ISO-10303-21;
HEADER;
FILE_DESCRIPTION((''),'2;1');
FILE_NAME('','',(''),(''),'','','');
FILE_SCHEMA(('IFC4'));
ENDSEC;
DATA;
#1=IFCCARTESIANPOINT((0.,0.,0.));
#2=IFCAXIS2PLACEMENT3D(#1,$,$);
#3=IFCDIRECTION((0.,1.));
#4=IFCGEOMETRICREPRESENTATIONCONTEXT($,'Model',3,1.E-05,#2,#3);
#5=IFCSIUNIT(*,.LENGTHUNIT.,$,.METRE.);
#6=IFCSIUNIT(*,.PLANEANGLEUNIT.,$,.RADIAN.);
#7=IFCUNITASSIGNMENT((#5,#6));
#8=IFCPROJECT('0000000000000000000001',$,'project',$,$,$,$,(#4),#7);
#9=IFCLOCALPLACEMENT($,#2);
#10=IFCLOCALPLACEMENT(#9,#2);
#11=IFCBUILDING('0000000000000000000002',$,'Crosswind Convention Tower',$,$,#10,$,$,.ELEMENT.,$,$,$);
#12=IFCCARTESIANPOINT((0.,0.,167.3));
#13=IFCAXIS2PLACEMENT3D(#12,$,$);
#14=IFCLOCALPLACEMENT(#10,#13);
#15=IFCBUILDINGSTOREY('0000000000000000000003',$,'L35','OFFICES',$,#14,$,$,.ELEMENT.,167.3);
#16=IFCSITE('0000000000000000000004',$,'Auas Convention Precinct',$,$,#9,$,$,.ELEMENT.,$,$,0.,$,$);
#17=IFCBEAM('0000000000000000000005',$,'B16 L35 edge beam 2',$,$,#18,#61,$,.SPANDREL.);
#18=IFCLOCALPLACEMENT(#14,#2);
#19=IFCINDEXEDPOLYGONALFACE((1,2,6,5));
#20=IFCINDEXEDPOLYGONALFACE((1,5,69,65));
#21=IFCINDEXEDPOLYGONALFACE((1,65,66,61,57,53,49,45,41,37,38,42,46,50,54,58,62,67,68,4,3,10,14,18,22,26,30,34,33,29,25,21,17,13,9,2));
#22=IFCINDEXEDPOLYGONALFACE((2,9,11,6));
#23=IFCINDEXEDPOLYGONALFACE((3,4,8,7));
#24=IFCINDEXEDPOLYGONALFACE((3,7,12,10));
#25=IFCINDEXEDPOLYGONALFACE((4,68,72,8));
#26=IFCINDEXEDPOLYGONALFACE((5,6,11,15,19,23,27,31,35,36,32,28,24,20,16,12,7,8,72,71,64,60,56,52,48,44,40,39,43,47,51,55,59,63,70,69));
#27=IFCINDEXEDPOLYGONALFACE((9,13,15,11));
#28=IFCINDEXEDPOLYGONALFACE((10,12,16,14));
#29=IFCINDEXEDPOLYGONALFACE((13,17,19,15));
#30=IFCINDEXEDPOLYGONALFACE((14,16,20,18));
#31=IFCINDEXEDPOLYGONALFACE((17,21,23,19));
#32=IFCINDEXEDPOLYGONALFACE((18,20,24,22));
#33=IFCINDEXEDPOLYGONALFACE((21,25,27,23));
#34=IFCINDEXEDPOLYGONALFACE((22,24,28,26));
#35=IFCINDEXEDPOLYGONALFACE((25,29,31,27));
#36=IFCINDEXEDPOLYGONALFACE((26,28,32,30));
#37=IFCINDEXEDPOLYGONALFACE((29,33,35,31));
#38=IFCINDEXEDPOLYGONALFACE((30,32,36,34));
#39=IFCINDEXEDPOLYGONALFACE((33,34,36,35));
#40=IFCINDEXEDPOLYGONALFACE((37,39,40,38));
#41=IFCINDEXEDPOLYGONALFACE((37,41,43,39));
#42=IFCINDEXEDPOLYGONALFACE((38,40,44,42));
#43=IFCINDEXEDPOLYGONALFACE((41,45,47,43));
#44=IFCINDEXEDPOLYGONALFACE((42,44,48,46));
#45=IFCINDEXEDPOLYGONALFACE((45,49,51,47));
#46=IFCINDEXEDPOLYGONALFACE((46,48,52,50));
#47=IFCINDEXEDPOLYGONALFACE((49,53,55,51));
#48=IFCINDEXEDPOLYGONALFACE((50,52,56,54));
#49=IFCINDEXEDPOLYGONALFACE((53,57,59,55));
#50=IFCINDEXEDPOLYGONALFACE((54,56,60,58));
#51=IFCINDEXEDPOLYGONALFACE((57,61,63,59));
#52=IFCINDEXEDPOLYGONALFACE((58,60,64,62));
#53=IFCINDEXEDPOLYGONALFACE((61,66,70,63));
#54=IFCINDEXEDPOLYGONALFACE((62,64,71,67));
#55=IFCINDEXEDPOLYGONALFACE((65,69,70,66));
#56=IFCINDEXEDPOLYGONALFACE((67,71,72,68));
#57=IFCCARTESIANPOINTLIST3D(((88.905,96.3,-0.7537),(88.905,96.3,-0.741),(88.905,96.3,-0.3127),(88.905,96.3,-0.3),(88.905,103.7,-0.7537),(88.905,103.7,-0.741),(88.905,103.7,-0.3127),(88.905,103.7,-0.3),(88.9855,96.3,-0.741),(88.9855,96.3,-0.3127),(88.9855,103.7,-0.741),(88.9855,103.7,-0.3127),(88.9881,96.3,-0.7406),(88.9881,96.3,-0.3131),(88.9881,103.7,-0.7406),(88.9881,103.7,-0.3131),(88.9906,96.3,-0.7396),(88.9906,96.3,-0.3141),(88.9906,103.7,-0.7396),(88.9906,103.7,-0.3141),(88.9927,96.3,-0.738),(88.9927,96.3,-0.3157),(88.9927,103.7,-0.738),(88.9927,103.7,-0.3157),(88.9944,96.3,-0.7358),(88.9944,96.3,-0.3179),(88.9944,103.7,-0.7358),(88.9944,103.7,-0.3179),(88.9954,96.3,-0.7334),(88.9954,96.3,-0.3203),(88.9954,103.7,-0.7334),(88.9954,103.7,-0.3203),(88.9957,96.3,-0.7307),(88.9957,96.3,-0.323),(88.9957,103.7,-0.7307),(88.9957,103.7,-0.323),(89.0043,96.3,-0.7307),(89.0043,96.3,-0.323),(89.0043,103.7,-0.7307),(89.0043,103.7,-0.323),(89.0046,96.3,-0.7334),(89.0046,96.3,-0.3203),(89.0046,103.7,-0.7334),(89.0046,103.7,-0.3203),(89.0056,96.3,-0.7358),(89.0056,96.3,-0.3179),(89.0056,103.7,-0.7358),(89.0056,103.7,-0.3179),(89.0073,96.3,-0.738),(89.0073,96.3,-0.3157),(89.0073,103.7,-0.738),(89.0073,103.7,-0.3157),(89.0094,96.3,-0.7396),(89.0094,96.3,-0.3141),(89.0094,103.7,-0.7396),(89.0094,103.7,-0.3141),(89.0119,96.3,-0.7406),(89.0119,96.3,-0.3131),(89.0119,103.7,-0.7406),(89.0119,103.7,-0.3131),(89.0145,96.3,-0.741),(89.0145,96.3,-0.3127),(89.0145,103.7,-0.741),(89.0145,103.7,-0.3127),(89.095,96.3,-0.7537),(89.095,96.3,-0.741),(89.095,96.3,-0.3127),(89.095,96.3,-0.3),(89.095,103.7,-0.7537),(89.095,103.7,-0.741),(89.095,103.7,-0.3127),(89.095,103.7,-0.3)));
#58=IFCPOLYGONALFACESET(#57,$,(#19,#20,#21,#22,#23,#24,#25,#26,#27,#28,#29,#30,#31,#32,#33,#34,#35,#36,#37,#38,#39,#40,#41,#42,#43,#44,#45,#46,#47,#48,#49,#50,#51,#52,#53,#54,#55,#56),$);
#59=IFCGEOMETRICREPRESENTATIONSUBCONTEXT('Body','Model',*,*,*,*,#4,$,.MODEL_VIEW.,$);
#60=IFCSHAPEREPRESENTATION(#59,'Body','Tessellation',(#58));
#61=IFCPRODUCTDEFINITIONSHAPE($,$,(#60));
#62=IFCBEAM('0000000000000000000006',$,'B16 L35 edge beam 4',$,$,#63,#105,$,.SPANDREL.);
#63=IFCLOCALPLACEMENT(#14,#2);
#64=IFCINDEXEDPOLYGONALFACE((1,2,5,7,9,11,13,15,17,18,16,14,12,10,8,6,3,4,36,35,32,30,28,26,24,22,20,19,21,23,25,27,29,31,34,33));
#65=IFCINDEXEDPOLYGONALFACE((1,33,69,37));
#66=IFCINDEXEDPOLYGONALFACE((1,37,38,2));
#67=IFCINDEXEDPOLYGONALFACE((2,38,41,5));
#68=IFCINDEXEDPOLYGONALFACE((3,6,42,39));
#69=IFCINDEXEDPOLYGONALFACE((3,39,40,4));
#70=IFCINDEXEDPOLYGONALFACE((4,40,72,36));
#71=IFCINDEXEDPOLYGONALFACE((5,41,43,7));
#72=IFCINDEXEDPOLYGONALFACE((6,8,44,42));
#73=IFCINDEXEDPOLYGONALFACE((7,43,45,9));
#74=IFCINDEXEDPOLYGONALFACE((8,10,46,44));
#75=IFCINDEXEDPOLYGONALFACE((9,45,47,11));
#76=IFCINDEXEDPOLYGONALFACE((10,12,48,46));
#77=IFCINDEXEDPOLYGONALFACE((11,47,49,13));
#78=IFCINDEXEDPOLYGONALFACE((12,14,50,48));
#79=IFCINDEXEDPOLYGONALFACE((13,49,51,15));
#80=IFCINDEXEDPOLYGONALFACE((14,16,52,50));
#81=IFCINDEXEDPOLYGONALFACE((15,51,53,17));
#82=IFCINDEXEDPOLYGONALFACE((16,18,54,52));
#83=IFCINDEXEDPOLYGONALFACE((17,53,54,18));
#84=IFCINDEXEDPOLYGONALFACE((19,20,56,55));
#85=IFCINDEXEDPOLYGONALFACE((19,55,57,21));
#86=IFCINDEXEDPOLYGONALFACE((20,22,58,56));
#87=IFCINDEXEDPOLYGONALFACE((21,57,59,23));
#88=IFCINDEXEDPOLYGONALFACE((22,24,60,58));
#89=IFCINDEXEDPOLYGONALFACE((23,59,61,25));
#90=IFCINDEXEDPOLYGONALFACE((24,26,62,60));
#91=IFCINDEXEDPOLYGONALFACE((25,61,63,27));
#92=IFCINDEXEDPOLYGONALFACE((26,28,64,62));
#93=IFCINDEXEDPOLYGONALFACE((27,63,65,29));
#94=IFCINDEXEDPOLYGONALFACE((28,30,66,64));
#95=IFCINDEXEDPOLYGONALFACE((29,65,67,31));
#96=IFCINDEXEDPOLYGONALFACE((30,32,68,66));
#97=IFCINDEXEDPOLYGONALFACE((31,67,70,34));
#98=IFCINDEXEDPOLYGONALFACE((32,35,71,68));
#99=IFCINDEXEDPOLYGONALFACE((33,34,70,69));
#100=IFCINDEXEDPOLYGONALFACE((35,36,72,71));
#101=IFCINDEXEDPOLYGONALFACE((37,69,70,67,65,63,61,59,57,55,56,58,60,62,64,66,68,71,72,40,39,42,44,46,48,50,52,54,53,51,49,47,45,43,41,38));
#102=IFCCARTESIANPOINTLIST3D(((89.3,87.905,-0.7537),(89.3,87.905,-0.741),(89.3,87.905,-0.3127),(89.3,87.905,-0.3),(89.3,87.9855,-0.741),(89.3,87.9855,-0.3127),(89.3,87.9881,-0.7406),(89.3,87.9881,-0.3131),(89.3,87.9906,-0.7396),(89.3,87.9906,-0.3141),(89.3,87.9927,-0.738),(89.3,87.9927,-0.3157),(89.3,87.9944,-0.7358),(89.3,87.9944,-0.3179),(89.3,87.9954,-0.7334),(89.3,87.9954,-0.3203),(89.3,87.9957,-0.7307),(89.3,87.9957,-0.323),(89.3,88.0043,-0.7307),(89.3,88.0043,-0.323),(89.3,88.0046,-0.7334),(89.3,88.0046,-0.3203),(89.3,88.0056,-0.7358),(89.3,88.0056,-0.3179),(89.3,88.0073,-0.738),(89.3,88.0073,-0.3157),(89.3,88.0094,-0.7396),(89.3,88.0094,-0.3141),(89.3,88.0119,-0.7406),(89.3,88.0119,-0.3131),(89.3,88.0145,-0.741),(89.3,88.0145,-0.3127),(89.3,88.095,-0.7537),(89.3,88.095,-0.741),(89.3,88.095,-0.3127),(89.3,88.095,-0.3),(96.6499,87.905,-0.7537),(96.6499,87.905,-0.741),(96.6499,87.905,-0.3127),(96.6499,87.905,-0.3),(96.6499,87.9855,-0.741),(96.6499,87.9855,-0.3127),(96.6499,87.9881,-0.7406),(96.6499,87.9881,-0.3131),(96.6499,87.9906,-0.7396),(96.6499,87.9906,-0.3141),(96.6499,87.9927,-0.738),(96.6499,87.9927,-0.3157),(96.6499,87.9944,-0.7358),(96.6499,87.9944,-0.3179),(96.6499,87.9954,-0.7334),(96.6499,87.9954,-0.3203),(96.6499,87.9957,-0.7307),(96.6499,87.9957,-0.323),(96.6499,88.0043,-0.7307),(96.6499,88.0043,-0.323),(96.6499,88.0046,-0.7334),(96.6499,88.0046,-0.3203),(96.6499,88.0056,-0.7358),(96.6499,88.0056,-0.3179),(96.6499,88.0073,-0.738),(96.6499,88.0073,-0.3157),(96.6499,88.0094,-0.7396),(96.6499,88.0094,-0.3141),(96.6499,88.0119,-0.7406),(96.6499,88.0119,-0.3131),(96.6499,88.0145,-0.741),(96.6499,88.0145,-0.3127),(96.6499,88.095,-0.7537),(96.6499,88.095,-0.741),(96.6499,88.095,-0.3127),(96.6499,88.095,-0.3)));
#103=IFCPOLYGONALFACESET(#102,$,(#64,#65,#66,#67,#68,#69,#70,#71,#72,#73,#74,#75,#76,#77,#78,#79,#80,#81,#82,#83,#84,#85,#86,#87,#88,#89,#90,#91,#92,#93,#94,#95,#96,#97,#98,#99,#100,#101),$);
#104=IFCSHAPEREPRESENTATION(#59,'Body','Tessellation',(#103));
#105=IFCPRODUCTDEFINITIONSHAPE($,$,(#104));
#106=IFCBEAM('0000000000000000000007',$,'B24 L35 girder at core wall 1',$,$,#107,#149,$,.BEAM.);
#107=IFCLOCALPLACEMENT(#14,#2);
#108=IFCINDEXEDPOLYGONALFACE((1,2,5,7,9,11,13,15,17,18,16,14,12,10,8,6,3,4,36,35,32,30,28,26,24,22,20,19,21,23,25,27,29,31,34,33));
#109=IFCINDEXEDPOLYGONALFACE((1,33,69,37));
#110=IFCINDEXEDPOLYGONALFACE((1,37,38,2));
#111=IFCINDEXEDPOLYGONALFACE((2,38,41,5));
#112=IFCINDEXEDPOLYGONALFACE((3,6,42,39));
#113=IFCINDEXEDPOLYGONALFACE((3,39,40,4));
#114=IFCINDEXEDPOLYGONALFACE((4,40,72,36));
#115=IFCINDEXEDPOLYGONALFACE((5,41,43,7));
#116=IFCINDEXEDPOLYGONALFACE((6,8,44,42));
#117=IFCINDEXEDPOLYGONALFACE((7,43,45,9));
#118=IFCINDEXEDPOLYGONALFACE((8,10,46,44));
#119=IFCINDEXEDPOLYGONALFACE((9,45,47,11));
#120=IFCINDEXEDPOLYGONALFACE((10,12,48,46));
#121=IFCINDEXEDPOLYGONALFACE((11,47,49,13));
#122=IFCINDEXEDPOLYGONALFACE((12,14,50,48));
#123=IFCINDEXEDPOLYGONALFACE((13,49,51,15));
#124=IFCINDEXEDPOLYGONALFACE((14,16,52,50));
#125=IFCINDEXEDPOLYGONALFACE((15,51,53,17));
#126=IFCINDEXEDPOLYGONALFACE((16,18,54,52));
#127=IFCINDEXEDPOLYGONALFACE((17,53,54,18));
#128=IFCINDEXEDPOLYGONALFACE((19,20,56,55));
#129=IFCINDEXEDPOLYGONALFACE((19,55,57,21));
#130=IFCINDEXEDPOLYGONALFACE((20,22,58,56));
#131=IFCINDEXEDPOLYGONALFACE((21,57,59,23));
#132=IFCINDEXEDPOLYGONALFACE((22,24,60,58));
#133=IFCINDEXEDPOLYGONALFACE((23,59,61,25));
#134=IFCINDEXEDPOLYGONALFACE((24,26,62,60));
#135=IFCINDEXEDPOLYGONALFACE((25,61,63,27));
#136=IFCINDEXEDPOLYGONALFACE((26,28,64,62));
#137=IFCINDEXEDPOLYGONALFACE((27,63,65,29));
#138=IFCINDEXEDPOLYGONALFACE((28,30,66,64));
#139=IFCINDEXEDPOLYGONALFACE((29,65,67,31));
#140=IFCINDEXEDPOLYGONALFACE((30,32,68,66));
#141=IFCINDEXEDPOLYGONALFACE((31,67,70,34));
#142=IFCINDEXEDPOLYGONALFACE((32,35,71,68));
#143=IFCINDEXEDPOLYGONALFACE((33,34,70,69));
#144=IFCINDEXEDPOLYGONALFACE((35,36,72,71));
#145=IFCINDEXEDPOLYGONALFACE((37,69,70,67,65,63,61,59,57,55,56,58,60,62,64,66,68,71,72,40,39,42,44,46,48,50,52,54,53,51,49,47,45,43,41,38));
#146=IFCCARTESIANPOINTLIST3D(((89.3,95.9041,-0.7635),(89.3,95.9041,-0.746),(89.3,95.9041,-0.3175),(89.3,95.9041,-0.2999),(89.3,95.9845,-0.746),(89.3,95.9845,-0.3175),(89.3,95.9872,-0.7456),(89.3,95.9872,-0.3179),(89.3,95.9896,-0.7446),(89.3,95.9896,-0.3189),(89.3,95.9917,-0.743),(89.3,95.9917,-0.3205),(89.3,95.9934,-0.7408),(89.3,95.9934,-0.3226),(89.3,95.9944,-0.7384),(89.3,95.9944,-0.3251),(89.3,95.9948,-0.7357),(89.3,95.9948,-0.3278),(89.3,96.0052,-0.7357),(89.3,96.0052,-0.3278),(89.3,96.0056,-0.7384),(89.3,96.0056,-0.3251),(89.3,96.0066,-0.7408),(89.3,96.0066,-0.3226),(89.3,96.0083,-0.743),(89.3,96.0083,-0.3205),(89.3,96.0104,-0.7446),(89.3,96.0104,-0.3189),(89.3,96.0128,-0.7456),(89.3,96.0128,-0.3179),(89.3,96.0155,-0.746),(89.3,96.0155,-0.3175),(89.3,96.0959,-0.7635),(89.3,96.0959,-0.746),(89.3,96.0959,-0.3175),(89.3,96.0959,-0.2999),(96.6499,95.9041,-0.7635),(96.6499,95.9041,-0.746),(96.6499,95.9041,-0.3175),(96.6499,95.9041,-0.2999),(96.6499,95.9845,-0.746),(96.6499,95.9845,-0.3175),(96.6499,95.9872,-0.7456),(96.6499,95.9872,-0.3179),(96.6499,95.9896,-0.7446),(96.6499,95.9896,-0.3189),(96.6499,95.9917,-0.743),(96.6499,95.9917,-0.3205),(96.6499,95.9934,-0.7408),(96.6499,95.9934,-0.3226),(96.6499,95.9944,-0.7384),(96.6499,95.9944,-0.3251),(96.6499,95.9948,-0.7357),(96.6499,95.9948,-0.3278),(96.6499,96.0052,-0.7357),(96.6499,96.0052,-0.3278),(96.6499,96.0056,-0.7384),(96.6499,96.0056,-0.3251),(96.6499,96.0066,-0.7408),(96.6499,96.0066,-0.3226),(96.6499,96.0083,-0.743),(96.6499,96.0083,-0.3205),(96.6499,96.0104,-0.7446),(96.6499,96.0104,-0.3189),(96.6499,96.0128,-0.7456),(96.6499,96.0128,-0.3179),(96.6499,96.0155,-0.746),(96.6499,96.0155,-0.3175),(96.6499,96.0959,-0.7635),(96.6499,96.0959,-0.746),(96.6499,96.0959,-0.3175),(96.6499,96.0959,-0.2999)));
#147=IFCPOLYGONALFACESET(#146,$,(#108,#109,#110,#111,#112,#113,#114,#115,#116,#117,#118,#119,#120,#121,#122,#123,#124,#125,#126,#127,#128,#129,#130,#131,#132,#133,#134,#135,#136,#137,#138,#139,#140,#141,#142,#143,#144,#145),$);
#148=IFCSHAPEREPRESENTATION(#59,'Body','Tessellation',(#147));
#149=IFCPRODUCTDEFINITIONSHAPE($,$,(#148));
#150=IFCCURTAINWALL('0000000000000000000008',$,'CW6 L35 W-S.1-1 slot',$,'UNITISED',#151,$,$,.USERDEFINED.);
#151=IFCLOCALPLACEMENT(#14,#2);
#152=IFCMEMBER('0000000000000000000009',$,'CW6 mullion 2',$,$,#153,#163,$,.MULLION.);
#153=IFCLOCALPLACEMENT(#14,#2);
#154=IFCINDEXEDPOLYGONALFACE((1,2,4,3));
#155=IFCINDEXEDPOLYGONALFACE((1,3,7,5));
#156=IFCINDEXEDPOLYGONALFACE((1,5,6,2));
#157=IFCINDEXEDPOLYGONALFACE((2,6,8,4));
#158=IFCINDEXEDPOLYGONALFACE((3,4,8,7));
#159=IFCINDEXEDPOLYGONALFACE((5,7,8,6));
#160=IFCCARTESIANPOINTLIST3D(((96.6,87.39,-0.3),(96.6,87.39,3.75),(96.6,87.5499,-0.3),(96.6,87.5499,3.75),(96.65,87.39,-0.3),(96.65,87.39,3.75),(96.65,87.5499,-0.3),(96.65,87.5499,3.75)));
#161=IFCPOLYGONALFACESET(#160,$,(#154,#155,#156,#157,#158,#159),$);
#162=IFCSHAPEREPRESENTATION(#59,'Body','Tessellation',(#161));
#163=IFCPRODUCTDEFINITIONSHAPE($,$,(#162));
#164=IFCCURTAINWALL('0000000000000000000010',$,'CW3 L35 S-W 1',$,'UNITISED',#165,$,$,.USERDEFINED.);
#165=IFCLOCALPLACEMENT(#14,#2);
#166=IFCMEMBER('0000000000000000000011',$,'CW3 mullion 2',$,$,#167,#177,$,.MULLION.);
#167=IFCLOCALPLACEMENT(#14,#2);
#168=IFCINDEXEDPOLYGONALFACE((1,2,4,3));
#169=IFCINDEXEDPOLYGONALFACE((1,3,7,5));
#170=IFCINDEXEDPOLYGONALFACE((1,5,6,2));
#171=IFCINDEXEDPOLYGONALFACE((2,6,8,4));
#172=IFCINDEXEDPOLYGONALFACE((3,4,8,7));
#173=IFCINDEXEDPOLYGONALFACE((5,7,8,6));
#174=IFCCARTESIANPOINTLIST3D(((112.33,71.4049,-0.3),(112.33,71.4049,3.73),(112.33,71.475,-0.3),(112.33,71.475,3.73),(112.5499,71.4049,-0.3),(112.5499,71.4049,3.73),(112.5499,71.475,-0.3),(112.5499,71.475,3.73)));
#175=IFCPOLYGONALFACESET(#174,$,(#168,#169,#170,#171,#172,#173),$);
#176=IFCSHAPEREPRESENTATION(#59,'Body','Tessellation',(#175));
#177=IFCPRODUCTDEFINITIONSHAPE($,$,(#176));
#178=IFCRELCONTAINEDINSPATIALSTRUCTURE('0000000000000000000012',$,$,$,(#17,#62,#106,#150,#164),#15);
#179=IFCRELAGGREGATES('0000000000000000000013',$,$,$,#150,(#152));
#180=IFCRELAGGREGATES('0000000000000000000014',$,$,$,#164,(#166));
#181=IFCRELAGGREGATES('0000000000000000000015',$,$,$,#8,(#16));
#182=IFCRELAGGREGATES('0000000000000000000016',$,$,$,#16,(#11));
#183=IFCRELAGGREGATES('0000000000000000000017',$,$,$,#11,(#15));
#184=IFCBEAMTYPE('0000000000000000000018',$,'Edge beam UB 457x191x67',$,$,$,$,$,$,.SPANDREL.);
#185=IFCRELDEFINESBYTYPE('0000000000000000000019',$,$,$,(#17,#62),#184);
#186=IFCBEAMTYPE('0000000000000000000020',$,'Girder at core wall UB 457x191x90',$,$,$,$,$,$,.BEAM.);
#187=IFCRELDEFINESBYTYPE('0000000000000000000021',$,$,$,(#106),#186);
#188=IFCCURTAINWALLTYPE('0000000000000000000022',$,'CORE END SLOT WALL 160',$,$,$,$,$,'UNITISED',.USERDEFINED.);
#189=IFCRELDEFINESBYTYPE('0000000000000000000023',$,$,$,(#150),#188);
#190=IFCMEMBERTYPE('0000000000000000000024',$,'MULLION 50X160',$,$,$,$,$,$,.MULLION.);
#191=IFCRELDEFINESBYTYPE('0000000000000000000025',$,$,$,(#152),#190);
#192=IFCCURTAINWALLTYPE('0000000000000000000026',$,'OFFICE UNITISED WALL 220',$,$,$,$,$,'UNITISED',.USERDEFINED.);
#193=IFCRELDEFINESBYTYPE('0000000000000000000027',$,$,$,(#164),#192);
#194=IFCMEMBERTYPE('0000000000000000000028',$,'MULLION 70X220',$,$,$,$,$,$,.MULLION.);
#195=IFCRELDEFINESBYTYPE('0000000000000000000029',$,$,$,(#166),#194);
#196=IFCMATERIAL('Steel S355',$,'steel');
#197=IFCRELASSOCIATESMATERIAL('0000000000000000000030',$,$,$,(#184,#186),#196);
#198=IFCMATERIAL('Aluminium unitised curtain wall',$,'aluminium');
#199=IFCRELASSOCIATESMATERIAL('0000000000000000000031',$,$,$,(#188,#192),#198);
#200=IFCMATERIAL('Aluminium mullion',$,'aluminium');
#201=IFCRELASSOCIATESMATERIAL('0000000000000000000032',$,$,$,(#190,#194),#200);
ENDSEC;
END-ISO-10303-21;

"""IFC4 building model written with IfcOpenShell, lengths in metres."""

from ifc_helpers import new_model, si_unit, direction, frame, origin, origin_2d, place, context, subcontext, project, spatial, rectangle, i_section, extrude, material, material_profile, profile_set, type_object, element, aggregate, save


model = new_model("IFC4")

# Units and contexts
model_context = context("Model", 3, precision=1e-05, world=origin(), true_north=direction((0.0, 1.0)))
body_context = subcontext(model_context, "Body", "Model", "MODEL_VIEW")
ifc_project = project(units=[si_unit("LENGTHUNIT", "METRE"), si_unit("PLANEANGLEUNIT", "RADIAN")], contexts=[model_context])

# Site, building, storey
site_placement = place(None, origin())
site = spatial("IfcSite", under=ifc_project, at=site_placement, Name="Auas Convention Precinct", CompositionType="ELEMENT", RefElevation=0.0)
building_placement = place(site_placement, origin())
building = spatial("IfcBuilding", under=site, at=building_placement, Name="Crosswind Convention Tower", CompositionType="ELEMENT")
storey_placement = place(building_placement, frame((0.0, 0.0, 167.3)))
storey = spatial("IfcBuildingStorey", under=building, at=storey_placement, Name="L35", Description="OFFICES", CompositionType="ELEMENT", Elevation=167.3)

# Beams
ifc_material_1 = material(Name="Steel S355", Category="steel")
ifc_material_profile_1 = material_profile(ifc_material_1, i_section(OverallWidth=0.1899, OverallDepth=0.4536, WebThickness=0.0085, FlangeThickness=0.0127, FilletRadius=0.0103, at=origin_2d()), Name="UB 457x191x67")
ifc_profile_set_1 = profile_set([ifc_material_profile_1], Name="Steel S355")
beam_type_1 = type_object("IfcBeamType", Name="Edge beam UB 457x191x67", PredefinedType="SPANDREL", material=ifc_profile_set_1)
beam_1_placement = place(storey_placement, frame((89.0, 96.3, -0.5269), z_axis=(0.0, 1.0, 0.0), x_axis=(-1.0, 0.0, 0.0)))
element("IfcBeam", 1, at=beam_1_placement, inside=storey, type_object=beam_type_1, Name="B16 L35 edge beam 2", PredefinedType="SPANDREL", context=body_context, shape_type="SweptSolid", body=[
    extrude(i_section(OverallWidth=0.1899, OverallDepth=0.4536, WebThickness=0.0085, FlangeThickness=0.0127, FilletRadius=0.0103, at=origin_2d()), origin(), (0.0, 0.0, 1.0), 7.3999),
])
beam_2_placement = place(storey_placement, frame((89.3, 88.0, -0.5269), z_axis=(1.0, 0.0, 0.0), x_axis=(0.0, 1.0, 0.0)))
element("IfcBeam", 2, at=beam_2_placement, inside=storey, type_object=beam_type_1, Name="B16 L35 edge beam 4", PredefinedType="SPANDREL", context=body_context, shape_type="SweptSolid", body=[
    extrude(i_section(OverallWidth=0.1899, OverallDepth=0.4536, WebThickness=0.0085, FlangeThickness=0.0127, FilletRadius=0.0103, at=origin_2d()), origin(), (0.0, 0.0, 1.0), 7.3499),
])
ifc_material_profile_2 = material_profile(ifc_material_1, i_section(OverallWidth=0.1919, OverallDepth=0.4636, WebThickness=0.0105, FlangeThickness=0.0176, FilletRadius=0.0103, at=origin_2d()), Name="UB 457x191x90")
ifc_profile_set_2 = profile_set([ifc_material_profile_2], Name="Steel S355")
beam_type_2 = type_object("IfcBeamType", Name="Girder at core wall UB 457x191x90", PredefinedType="BEAM", material=ifc_profile_set_2)
beam_3_placement = place(storey_placement, frame((89.3, 96.0, -0.5317), z_axis=(1.0, 0.0, 0.0), x_axis=(0.0, 1.0, 0.0)))
element("IfcBeam", 3, at=beam_3_placement, inside=storey, type_object=beam_type_2, Name="B24 L35 girder at core wall 1", PredefinedType="BEAM", context=body_context, shape_type="SweptSolid", body=[
    extrude(i_section(OverallWidth=0.1919, OverallDepth=0.4636, WebThickness=0.0105, FlangeThickness=0.0176, FilletRadius=0.0103, at=origin_2d()), origin(), (0.0, 0.0, 1.0), 7.3499),
])

# Curtain walls, members
ifc_material_2 = material(Name="Aluminium unitised curtain wall", Category="aluminium")
curtain_wall_type_1 = type_object("IfcCurtainWallType", Name="CORE END SLOT WALL 160", ElementType="UNITISED", PredefinedType="USERDEFINED", material=ifc_material_2)
curtain_wall_1_placement = place(storey_placement, origin())
curtain_wall_1 = element("IfcCurtainWall", 4, at=curtain_wall_1_placement, inside=storey, type_object=curtain_wall_type_1, Name="CW6 L35 W-S.1-1 slot", ObjectType="UNITISED", PredefinedType="USERDEFINED")
ifc_material_3 = material(Name="Aluminium mullion", Category="aluminium")
ifc_material_profile_3 = material_profile(ifc_material_3, rectangle(XDim=0.1599, YDim=0.05, at=origin_2d()), Name="AL 160X50")
ifc_profile_set_3 = profile_set([ifc_material_profile_3], Name="Aluminium mullion")
member_type_1 = type_object("IfcMemberType", Name="MULLION 50X160", PredefinedType="MULLION", material=ifc_profile_set_3)
member_1_placement = place(storey_placement, frame((96.625, 87.47, -0.3), z_axis=(0.0, 0.0, 1.0), x_axis=(0.0, -1.0, 0.0)))
member_1 = element("IfcMember", 5, at=member_1_placement, type_object=member_type_1, Name="CW6 mullion 2", PredefinedType="MULLION", context=body_context, shape_type="SweptSolid", body=[
    extrude(rectangle(XDim=0.1599, YDim=0.05, at=origin_2d()), origin(), (0.0, 0.0, 1.0), 4.05),
])
aggregate(curtain_wall_1, [member_1])
curtain_wall_type_2 = type_object("IfcCurtainWallType", Name="OFFICE UNITISED WALL 220", ElementType="UNITISED", PredefinedType="USERDEFINED", material=ifc_material_2)
curtain_wall_2_placement = place(storey_placement, origin())
curtain_wall_2 = element("IfcCurtainWall", 6, at=curtain_wall_2_placement, inside=storey, type_object=curtain_wall_type_2, Name="CW3 L35 S-W 1", ObjectType="UNITISED", PredefinedType="USERDEFINED")
ifc_material_profile_4 = material_profile(ifc_material_3, rectangle(XDim=0.22, YDim=0.0701, at=origin_2d()), Name="AL 220X70")
ifc_profile_set_4 = profile_set([ifc_material_profile_4], Name="Aluminium mullion")
member_type_2 = type_object("IfcMemberType", Name="MULLION 70X220", PredefinedType="MULLION", material=ifc_profile_set_4)
member_2_placement = place(storey_placement, frame((112.4399, 71.4399, -0.3), z_axis=(0.0, 0.0, 1.0), x_axis=(-1.0, 0.0, 0.0)))
member_2 = element("IfcMember", 7, at=member_2_placement, type_object=member_type_2, Name="CW3 mullion 2", PredefinedType="MULLION", context=body_context, shape_type="SweptSolid", body=[
    extrude(rectangle(XDim=0.22, YDim=0.0701, at=origin_2d()), origin(), (0.0, 0.0, 1.0), 4.03),
])

aggregate(curtain_wall_2, [member_2])

save(model, "model.ifc")
